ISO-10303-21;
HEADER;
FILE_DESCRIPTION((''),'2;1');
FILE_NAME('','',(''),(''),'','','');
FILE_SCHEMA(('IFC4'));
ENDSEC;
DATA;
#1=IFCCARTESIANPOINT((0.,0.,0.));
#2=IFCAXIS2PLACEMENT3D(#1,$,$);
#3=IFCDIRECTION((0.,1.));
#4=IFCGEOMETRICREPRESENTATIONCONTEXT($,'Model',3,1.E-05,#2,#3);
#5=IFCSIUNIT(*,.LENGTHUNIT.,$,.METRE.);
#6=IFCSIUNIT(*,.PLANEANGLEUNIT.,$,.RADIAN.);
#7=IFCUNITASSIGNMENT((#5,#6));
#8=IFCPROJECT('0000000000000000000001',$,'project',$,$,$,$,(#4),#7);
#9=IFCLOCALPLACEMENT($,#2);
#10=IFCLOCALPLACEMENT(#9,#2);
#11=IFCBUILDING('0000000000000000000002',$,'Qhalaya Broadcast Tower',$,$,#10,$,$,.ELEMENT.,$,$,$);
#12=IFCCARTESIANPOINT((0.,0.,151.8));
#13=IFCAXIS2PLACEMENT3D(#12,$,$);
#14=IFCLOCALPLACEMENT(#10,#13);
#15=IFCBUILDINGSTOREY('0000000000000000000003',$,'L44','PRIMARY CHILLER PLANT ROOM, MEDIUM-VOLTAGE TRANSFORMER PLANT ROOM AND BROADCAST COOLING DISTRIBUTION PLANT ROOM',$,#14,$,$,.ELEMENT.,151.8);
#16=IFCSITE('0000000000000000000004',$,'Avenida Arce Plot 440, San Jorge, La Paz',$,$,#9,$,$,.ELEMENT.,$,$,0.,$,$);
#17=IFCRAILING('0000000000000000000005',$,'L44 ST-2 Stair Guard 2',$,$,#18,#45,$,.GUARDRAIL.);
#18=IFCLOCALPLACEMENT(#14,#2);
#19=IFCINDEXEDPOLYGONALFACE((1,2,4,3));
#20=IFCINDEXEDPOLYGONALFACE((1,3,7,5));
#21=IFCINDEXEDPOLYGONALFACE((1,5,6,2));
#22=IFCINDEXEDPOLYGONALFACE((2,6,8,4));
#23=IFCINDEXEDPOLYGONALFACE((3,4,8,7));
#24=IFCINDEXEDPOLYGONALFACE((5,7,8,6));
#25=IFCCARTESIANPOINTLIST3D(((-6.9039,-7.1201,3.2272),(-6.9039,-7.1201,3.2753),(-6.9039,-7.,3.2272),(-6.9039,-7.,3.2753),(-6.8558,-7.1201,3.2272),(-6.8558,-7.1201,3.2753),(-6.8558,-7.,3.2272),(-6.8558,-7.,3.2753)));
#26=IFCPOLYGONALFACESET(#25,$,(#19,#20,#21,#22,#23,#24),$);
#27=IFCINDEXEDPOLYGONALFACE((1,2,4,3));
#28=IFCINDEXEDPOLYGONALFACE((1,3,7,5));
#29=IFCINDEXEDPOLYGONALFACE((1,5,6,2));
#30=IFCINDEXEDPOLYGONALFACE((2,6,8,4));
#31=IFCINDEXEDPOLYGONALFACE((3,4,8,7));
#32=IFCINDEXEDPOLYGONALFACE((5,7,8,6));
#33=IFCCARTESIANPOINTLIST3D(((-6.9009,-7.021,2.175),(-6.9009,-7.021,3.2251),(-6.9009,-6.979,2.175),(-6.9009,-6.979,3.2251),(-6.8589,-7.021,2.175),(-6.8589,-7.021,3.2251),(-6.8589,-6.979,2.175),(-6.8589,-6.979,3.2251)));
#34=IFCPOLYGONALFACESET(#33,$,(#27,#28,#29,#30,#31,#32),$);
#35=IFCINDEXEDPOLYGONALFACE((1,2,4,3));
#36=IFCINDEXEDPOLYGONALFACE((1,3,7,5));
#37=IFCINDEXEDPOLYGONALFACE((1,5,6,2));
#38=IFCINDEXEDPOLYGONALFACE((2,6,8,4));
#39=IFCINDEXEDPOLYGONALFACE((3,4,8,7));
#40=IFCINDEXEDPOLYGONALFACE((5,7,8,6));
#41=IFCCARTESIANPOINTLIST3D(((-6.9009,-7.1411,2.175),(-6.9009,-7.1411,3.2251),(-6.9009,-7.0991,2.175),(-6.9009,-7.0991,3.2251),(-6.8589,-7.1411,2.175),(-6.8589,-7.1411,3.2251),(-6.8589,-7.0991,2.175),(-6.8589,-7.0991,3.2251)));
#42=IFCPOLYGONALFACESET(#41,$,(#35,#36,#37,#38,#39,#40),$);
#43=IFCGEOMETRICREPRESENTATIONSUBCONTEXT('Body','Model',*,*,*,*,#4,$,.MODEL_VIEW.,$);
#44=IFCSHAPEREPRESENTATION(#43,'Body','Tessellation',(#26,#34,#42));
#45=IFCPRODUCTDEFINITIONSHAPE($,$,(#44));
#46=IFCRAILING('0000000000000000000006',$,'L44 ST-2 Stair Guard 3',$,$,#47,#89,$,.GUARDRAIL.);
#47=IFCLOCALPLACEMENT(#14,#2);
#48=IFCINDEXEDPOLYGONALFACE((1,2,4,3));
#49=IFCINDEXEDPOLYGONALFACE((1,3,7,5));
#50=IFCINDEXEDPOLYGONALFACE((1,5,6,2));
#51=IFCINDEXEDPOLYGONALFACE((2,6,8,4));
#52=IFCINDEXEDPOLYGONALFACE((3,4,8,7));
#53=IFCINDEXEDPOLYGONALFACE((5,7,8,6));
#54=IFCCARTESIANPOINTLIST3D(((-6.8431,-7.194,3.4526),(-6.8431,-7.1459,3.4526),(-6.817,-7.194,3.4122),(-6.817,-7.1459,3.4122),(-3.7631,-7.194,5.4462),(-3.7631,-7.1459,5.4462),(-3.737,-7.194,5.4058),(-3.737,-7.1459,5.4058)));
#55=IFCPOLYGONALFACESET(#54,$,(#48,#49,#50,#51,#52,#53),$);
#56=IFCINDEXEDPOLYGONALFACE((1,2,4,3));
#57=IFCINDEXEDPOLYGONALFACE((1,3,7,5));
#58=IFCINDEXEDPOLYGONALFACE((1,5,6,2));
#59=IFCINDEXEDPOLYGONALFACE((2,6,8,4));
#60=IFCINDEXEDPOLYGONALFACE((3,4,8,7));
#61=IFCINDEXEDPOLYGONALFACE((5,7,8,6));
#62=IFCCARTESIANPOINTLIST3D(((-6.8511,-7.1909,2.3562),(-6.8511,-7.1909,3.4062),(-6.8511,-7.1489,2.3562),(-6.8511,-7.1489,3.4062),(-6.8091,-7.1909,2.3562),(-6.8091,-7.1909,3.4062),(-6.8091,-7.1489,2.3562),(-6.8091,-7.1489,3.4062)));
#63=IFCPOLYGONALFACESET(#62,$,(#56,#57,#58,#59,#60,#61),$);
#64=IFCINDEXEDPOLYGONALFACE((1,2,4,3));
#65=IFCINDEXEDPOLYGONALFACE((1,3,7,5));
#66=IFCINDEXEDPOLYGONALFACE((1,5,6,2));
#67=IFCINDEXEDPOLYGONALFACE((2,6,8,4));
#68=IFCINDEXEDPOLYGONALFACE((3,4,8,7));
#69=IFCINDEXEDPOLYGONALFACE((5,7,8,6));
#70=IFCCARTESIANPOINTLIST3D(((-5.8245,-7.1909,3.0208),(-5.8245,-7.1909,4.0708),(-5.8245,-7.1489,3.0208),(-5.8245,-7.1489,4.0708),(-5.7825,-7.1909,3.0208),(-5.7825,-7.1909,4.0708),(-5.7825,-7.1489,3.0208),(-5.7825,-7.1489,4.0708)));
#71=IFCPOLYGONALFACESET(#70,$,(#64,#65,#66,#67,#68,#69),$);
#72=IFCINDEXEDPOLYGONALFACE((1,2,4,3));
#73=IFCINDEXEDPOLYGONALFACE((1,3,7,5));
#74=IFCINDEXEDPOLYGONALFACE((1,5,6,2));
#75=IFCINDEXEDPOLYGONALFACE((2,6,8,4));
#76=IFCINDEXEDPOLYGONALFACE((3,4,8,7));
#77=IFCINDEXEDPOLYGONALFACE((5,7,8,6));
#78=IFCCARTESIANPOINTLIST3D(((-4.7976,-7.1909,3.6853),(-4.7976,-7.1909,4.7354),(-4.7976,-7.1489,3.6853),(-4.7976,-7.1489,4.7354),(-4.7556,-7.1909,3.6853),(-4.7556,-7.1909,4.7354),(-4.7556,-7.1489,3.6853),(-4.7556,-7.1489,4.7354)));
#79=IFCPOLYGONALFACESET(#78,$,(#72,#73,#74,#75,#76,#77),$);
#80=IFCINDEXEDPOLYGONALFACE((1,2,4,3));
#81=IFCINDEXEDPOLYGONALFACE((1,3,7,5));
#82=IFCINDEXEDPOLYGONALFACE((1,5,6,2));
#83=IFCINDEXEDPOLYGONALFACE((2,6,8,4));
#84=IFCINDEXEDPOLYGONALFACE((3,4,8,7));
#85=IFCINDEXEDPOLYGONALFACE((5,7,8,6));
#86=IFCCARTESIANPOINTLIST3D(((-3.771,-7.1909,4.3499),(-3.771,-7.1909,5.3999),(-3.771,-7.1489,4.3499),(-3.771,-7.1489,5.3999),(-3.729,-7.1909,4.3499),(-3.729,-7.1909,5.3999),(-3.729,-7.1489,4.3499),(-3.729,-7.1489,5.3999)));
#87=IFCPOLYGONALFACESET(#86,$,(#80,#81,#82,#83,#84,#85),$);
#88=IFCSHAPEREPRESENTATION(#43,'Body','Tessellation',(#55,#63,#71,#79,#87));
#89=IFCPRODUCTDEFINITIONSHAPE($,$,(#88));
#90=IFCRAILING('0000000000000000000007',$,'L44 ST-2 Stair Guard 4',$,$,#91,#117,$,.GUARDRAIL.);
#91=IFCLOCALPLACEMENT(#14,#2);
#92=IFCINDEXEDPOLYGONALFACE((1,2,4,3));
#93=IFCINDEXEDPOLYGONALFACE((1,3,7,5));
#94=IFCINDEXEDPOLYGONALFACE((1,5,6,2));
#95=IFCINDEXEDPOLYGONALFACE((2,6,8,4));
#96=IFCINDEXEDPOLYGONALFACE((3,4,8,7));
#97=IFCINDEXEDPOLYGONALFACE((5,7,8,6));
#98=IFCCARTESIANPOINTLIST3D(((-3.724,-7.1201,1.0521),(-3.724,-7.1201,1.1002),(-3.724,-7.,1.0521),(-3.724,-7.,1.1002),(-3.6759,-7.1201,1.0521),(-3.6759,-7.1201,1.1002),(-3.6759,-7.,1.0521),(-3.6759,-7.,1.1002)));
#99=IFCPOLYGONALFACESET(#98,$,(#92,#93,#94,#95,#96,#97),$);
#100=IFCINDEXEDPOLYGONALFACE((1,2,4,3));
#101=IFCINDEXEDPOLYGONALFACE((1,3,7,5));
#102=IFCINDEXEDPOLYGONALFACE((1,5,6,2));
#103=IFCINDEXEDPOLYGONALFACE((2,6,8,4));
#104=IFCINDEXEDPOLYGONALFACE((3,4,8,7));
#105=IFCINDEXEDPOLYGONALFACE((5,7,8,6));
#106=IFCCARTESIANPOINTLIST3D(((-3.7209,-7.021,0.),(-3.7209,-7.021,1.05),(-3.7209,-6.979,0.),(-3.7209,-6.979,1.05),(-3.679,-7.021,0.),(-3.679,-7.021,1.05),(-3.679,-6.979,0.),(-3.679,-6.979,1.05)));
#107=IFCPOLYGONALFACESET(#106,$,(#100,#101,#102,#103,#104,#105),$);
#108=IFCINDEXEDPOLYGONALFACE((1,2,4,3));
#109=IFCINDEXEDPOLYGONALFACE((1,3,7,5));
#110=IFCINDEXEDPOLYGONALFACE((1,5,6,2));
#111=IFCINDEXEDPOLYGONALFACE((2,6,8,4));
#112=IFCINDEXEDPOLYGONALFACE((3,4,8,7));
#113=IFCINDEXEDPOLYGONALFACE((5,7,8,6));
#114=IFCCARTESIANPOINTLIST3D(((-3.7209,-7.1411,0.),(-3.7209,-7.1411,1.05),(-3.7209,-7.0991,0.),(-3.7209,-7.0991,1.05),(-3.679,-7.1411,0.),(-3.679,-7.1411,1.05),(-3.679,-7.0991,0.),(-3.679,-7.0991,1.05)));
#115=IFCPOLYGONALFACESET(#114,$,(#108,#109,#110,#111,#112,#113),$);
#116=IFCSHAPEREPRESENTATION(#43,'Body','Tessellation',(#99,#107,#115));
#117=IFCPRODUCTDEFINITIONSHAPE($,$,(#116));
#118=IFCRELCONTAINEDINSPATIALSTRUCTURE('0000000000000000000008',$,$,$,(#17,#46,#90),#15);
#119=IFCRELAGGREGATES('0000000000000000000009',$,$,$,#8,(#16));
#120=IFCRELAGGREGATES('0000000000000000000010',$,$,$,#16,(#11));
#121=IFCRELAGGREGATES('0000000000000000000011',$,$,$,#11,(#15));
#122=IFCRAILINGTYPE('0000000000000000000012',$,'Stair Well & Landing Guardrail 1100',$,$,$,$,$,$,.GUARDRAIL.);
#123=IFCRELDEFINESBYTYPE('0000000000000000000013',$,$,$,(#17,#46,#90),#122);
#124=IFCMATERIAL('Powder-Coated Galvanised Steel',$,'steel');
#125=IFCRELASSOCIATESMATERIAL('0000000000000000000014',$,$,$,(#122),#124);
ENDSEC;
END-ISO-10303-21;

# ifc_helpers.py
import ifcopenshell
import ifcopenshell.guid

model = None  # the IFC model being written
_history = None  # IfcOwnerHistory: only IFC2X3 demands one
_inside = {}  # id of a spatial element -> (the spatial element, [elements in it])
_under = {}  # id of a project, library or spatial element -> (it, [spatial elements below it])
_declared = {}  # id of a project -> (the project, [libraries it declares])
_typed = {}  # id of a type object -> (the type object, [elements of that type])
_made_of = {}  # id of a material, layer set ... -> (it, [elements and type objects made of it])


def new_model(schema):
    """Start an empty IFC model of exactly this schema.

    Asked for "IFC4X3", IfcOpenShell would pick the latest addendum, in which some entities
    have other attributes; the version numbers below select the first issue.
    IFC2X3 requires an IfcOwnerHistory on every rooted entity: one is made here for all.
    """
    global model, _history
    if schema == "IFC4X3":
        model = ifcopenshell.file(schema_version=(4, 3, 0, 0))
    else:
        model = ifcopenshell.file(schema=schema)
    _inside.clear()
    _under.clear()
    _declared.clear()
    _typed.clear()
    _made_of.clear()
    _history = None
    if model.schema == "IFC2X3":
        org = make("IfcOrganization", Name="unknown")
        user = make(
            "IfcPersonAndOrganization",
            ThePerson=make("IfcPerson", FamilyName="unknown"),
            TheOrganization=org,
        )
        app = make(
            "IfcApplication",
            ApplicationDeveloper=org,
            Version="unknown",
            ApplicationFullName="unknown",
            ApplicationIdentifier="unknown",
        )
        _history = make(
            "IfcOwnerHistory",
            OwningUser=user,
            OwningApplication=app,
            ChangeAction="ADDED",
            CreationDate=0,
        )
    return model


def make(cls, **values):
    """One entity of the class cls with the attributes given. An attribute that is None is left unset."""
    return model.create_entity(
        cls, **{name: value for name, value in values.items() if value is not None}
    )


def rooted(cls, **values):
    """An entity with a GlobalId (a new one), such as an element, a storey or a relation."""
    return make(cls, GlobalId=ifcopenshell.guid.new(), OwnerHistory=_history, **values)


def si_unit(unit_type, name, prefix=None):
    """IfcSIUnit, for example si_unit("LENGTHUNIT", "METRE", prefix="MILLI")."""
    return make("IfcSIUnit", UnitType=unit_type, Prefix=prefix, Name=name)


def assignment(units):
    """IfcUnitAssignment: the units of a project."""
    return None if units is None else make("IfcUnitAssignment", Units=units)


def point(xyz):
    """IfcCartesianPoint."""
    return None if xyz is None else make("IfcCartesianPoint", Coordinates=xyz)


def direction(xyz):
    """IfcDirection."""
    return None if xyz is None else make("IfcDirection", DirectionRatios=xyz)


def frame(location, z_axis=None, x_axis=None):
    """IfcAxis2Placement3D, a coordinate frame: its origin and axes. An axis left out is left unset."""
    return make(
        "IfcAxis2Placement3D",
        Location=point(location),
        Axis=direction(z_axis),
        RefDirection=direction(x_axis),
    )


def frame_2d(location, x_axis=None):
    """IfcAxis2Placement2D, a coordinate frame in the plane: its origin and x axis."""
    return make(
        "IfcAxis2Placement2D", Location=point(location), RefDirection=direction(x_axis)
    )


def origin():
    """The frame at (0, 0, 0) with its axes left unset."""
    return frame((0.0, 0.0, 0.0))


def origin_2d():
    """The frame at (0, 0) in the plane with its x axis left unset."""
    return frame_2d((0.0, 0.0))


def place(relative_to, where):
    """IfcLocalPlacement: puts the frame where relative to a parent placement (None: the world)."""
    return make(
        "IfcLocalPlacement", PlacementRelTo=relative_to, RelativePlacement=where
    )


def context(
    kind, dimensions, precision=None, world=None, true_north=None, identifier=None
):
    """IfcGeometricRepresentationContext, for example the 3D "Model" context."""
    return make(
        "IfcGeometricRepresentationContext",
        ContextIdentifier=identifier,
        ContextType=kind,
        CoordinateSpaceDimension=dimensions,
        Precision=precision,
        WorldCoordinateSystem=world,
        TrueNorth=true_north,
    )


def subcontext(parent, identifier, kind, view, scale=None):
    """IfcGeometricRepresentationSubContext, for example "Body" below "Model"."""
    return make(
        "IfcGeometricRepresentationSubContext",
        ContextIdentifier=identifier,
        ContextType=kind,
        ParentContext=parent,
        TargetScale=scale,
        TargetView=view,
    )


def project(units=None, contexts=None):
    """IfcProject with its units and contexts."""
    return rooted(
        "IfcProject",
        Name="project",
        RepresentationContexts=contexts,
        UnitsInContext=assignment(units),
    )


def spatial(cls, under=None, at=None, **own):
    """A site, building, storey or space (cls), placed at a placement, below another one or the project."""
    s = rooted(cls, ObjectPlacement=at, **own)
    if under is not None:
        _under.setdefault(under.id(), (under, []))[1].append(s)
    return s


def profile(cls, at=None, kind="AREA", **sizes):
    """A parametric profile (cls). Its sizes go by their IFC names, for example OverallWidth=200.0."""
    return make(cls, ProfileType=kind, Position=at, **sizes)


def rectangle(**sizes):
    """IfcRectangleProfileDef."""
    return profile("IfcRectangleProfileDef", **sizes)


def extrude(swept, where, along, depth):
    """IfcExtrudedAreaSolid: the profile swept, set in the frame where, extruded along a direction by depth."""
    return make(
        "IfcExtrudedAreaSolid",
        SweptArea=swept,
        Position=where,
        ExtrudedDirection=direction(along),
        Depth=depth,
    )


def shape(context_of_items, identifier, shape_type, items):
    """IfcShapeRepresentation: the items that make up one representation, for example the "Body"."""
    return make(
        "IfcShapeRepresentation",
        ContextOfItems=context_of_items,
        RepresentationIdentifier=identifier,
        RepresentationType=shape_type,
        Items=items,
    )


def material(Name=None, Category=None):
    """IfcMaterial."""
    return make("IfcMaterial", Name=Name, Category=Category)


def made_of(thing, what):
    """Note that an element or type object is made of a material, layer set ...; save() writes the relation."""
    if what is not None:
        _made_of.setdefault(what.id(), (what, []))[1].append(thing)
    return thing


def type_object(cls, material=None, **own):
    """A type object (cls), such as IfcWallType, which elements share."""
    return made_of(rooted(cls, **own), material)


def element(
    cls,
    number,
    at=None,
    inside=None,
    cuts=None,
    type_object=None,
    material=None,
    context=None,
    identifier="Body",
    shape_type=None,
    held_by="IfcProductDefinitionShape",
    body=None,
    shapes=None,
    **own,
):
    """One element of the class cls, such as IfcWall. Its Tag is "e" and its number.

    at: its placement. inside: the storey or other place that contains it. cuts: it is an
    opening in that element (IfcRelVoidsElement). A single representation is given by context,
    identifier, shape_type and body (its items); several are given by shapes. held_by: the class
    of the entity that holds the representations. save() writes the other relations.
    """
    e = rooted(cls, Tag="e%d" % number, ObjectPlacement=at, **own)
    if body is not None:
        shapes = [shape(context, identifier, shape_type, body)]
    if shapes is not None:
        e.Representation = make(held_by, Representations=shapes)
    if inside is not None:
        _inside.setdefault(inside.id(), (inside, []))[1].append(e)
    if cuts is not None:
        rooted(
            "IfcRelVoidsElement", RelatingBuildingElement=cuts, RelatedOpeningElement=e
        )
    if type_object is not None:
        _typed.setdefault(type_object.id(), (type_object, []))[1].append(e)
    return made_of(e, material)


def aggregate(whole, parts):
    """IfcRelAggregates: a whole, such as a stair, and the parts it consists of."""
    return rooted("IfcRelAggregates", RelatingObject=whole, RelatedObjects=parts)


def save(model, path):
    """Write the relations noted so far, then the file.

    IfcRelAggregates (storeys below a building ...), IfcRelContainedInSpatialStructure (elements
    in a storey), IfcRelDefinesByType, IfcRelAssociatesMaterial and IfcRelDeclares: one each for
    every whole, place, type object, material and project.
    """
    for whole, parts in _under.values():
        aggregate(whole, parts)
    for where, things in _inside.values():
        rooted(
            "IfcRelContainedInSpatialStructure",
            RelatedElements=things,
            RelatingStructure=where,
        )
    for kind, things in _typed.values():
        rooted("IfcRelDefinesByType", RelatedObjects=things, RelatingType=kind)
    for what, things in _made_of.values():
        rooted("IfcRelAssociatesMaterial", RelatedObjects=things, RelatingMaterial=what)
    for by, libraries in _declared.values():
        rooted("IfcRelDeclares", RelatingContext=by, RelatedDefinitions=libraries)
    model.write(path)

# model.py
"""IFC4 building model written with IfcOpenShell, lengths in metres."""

from ifc_helpers import new_model, si_unit, direction, frame, origin, origin_2d, place, context, subcontext, project, spatial, rectangle, extrude, material, type_object, element, save


model = new_model("IFC4")

# Units and contexts
model_context = context("Model", 3, precision=1e-05, world=origin(), true_north=direction((0.0, 1.0)))
body_context = subcontext(model_context, "Body", "Model", "MODEL_VIEW")
ifc_project = project(units=[si_unit("LENGTHUNIT", "METRE"), si_unit("PLANEANGLEUNIT", "RADIAN")], contexts=[model_context])

# Site, building, storey
site_placement = place(None, origin())
site = spatial("IfcSite", under=ifc_project, at=site_placement, Name="Avenida Arce Plot 440, San Jorge, La Paz", CompositionType="ELEMENT", RefElevation=0.0)
building_placement = place(site_placement, origin())
building = spatial("IfcBuilding", under=site, at=building_placement, Name="Qhalaya Broadcast Tower", CompositionType="ELEMENT")
storey_placement = place(building_placement, frame((0.0, 0.0, 151.8)))
storey = spatial("IfcBuildingStorey", under=building, at=storey_placement, Name="L44", Description="PRIMARY CHILLER PLANT ROOM, MEDIUM-VOLTAGE TRANSFORMER PLANT ROOM AND BROADCAST COOLING DISTRIBUTION PLANT ROOM", CompositionType="ELEMENT", Elevation=151.8)

# Railings
ifc_material_1 = material(Name="Powder-Coated Galvanised Steel", Category="steel")
railing_type_1 = type_object("IfcRailingType", Name="Stair Well & Landing Guardrail 1100", PredefinedType="GUARDRAIL", material=ifc_material_1)
railing_1_placement = place(storey_placement, frame((-6.8799, -7.0, 2.175)))
element("IfcRailing", 1, at=railing_1_placement, inside=storey, type_object=railing_type_1, Name="L44 ST-2 Stair Guard 2", PredefinedType="GUARDRAIL", context=body_context, shape_type="SweptSolid", body=[
    extrude(rectangle(XDim=0.0481, YDim=0.0481, at=origin_2d()), frame((0.0, 0.0, 1.0762), z_axis=(0.0, -1.0, 0.0), x_axis=(1.0, 0.0, 0.0)), (0.0, 0.0, 1.0), 0.1201),
    extrude(rectangle(XDim=0.042, YDim=0.042, at=origin_2d()), origin(), (0.0, 0.0, 1.0), 1.05),
    extrude(rectangle(XDim=0.042, YDim=0.042, at=origin_2d()), frame((0.0, -0.1201, 0.0)), (0.0, 0.0, 1.0), 1.05),
])
railing_2_placement = place(storey_placement, frame((-6.8301, -7.1699, 2.3562)))
element("IfcRailing", 2, at=railing_2_placement, inside=storey, type_object=railing_type_1, Name="L44 ST-2 Stair Guard 3", PredefinedType="GUARDRAIL", context=body_context, shape_type="SweptSolid", body=[
    extrude(rectangle(XDim=0.0481, YDim=0.0481, at=origin_2d()), frame((0.0, 0.0, 1.0762), z_axis=(0.839488, 0.0, 0.543378), x_axis=(0.0, 1.0, 0.0)), (0.0, 0.0, 1.0), 3.6689),
    extrude(rectangle(XDim=0.042, YDim=0.042, at=origin_2d()), origin(), (0.0, 0.0, 1.0), 1.05),
    extrude(rectangle(XDim=0.042, YDim=0.042, at=origin_2d()), frame((1.0266, 0.0, 0.6646)), (0.0, 0.0, 1.0), 1.05),
    extrude(rectangle(XDim=0.042, YDim=0.042, at=origin_2d()), frame((2.0535, 0.0, 1.3291)), (0.0, 0.0, 1.0), 1.05),
    extrude(rectangle(XDim=0.042, YDim=0.042, at=origin_2d()), frame((3.0801, 0.0, 1.9937)), (0.0, 0.0, 1.0), 1.05),
])
railing_3_placement = place(storey_placement, frame((-3.7, -7.0, 0.0)))
element("IfcRailing", 3, at=railing_3_placement, inside=storey, type_object=railing_type_1, Name="L44 ST-2 Stair Guard 4", PredefinedType="GUARDRAIL", context=body_context, shape_type="SweptSolid", body=[
    extrude(rectangle(XDim=0.0481, YDim=0.0481, at=origin_2d()), frame((0.0, 0.0, 1.0762), z_axis=(0.0, -1.0, 0.0), x_axis=(1.0, 0.0, 0.0)), (0.0, 0.0, 1.0), 0.1201),
    extrude(rectangle(XDim=0.042, YDim=0.042, at=origin_2d()), origin(), (0.0, 0.0, 1.0), 1.05),
    extrude(rectangle(XDim=0.042, YDim=0.042, at=origin_2d()), frame((0.0, -0.1201, 0.0)), (0.0, 0.0, 1.0), 1.05),
])

save(model, "model.ifc")
